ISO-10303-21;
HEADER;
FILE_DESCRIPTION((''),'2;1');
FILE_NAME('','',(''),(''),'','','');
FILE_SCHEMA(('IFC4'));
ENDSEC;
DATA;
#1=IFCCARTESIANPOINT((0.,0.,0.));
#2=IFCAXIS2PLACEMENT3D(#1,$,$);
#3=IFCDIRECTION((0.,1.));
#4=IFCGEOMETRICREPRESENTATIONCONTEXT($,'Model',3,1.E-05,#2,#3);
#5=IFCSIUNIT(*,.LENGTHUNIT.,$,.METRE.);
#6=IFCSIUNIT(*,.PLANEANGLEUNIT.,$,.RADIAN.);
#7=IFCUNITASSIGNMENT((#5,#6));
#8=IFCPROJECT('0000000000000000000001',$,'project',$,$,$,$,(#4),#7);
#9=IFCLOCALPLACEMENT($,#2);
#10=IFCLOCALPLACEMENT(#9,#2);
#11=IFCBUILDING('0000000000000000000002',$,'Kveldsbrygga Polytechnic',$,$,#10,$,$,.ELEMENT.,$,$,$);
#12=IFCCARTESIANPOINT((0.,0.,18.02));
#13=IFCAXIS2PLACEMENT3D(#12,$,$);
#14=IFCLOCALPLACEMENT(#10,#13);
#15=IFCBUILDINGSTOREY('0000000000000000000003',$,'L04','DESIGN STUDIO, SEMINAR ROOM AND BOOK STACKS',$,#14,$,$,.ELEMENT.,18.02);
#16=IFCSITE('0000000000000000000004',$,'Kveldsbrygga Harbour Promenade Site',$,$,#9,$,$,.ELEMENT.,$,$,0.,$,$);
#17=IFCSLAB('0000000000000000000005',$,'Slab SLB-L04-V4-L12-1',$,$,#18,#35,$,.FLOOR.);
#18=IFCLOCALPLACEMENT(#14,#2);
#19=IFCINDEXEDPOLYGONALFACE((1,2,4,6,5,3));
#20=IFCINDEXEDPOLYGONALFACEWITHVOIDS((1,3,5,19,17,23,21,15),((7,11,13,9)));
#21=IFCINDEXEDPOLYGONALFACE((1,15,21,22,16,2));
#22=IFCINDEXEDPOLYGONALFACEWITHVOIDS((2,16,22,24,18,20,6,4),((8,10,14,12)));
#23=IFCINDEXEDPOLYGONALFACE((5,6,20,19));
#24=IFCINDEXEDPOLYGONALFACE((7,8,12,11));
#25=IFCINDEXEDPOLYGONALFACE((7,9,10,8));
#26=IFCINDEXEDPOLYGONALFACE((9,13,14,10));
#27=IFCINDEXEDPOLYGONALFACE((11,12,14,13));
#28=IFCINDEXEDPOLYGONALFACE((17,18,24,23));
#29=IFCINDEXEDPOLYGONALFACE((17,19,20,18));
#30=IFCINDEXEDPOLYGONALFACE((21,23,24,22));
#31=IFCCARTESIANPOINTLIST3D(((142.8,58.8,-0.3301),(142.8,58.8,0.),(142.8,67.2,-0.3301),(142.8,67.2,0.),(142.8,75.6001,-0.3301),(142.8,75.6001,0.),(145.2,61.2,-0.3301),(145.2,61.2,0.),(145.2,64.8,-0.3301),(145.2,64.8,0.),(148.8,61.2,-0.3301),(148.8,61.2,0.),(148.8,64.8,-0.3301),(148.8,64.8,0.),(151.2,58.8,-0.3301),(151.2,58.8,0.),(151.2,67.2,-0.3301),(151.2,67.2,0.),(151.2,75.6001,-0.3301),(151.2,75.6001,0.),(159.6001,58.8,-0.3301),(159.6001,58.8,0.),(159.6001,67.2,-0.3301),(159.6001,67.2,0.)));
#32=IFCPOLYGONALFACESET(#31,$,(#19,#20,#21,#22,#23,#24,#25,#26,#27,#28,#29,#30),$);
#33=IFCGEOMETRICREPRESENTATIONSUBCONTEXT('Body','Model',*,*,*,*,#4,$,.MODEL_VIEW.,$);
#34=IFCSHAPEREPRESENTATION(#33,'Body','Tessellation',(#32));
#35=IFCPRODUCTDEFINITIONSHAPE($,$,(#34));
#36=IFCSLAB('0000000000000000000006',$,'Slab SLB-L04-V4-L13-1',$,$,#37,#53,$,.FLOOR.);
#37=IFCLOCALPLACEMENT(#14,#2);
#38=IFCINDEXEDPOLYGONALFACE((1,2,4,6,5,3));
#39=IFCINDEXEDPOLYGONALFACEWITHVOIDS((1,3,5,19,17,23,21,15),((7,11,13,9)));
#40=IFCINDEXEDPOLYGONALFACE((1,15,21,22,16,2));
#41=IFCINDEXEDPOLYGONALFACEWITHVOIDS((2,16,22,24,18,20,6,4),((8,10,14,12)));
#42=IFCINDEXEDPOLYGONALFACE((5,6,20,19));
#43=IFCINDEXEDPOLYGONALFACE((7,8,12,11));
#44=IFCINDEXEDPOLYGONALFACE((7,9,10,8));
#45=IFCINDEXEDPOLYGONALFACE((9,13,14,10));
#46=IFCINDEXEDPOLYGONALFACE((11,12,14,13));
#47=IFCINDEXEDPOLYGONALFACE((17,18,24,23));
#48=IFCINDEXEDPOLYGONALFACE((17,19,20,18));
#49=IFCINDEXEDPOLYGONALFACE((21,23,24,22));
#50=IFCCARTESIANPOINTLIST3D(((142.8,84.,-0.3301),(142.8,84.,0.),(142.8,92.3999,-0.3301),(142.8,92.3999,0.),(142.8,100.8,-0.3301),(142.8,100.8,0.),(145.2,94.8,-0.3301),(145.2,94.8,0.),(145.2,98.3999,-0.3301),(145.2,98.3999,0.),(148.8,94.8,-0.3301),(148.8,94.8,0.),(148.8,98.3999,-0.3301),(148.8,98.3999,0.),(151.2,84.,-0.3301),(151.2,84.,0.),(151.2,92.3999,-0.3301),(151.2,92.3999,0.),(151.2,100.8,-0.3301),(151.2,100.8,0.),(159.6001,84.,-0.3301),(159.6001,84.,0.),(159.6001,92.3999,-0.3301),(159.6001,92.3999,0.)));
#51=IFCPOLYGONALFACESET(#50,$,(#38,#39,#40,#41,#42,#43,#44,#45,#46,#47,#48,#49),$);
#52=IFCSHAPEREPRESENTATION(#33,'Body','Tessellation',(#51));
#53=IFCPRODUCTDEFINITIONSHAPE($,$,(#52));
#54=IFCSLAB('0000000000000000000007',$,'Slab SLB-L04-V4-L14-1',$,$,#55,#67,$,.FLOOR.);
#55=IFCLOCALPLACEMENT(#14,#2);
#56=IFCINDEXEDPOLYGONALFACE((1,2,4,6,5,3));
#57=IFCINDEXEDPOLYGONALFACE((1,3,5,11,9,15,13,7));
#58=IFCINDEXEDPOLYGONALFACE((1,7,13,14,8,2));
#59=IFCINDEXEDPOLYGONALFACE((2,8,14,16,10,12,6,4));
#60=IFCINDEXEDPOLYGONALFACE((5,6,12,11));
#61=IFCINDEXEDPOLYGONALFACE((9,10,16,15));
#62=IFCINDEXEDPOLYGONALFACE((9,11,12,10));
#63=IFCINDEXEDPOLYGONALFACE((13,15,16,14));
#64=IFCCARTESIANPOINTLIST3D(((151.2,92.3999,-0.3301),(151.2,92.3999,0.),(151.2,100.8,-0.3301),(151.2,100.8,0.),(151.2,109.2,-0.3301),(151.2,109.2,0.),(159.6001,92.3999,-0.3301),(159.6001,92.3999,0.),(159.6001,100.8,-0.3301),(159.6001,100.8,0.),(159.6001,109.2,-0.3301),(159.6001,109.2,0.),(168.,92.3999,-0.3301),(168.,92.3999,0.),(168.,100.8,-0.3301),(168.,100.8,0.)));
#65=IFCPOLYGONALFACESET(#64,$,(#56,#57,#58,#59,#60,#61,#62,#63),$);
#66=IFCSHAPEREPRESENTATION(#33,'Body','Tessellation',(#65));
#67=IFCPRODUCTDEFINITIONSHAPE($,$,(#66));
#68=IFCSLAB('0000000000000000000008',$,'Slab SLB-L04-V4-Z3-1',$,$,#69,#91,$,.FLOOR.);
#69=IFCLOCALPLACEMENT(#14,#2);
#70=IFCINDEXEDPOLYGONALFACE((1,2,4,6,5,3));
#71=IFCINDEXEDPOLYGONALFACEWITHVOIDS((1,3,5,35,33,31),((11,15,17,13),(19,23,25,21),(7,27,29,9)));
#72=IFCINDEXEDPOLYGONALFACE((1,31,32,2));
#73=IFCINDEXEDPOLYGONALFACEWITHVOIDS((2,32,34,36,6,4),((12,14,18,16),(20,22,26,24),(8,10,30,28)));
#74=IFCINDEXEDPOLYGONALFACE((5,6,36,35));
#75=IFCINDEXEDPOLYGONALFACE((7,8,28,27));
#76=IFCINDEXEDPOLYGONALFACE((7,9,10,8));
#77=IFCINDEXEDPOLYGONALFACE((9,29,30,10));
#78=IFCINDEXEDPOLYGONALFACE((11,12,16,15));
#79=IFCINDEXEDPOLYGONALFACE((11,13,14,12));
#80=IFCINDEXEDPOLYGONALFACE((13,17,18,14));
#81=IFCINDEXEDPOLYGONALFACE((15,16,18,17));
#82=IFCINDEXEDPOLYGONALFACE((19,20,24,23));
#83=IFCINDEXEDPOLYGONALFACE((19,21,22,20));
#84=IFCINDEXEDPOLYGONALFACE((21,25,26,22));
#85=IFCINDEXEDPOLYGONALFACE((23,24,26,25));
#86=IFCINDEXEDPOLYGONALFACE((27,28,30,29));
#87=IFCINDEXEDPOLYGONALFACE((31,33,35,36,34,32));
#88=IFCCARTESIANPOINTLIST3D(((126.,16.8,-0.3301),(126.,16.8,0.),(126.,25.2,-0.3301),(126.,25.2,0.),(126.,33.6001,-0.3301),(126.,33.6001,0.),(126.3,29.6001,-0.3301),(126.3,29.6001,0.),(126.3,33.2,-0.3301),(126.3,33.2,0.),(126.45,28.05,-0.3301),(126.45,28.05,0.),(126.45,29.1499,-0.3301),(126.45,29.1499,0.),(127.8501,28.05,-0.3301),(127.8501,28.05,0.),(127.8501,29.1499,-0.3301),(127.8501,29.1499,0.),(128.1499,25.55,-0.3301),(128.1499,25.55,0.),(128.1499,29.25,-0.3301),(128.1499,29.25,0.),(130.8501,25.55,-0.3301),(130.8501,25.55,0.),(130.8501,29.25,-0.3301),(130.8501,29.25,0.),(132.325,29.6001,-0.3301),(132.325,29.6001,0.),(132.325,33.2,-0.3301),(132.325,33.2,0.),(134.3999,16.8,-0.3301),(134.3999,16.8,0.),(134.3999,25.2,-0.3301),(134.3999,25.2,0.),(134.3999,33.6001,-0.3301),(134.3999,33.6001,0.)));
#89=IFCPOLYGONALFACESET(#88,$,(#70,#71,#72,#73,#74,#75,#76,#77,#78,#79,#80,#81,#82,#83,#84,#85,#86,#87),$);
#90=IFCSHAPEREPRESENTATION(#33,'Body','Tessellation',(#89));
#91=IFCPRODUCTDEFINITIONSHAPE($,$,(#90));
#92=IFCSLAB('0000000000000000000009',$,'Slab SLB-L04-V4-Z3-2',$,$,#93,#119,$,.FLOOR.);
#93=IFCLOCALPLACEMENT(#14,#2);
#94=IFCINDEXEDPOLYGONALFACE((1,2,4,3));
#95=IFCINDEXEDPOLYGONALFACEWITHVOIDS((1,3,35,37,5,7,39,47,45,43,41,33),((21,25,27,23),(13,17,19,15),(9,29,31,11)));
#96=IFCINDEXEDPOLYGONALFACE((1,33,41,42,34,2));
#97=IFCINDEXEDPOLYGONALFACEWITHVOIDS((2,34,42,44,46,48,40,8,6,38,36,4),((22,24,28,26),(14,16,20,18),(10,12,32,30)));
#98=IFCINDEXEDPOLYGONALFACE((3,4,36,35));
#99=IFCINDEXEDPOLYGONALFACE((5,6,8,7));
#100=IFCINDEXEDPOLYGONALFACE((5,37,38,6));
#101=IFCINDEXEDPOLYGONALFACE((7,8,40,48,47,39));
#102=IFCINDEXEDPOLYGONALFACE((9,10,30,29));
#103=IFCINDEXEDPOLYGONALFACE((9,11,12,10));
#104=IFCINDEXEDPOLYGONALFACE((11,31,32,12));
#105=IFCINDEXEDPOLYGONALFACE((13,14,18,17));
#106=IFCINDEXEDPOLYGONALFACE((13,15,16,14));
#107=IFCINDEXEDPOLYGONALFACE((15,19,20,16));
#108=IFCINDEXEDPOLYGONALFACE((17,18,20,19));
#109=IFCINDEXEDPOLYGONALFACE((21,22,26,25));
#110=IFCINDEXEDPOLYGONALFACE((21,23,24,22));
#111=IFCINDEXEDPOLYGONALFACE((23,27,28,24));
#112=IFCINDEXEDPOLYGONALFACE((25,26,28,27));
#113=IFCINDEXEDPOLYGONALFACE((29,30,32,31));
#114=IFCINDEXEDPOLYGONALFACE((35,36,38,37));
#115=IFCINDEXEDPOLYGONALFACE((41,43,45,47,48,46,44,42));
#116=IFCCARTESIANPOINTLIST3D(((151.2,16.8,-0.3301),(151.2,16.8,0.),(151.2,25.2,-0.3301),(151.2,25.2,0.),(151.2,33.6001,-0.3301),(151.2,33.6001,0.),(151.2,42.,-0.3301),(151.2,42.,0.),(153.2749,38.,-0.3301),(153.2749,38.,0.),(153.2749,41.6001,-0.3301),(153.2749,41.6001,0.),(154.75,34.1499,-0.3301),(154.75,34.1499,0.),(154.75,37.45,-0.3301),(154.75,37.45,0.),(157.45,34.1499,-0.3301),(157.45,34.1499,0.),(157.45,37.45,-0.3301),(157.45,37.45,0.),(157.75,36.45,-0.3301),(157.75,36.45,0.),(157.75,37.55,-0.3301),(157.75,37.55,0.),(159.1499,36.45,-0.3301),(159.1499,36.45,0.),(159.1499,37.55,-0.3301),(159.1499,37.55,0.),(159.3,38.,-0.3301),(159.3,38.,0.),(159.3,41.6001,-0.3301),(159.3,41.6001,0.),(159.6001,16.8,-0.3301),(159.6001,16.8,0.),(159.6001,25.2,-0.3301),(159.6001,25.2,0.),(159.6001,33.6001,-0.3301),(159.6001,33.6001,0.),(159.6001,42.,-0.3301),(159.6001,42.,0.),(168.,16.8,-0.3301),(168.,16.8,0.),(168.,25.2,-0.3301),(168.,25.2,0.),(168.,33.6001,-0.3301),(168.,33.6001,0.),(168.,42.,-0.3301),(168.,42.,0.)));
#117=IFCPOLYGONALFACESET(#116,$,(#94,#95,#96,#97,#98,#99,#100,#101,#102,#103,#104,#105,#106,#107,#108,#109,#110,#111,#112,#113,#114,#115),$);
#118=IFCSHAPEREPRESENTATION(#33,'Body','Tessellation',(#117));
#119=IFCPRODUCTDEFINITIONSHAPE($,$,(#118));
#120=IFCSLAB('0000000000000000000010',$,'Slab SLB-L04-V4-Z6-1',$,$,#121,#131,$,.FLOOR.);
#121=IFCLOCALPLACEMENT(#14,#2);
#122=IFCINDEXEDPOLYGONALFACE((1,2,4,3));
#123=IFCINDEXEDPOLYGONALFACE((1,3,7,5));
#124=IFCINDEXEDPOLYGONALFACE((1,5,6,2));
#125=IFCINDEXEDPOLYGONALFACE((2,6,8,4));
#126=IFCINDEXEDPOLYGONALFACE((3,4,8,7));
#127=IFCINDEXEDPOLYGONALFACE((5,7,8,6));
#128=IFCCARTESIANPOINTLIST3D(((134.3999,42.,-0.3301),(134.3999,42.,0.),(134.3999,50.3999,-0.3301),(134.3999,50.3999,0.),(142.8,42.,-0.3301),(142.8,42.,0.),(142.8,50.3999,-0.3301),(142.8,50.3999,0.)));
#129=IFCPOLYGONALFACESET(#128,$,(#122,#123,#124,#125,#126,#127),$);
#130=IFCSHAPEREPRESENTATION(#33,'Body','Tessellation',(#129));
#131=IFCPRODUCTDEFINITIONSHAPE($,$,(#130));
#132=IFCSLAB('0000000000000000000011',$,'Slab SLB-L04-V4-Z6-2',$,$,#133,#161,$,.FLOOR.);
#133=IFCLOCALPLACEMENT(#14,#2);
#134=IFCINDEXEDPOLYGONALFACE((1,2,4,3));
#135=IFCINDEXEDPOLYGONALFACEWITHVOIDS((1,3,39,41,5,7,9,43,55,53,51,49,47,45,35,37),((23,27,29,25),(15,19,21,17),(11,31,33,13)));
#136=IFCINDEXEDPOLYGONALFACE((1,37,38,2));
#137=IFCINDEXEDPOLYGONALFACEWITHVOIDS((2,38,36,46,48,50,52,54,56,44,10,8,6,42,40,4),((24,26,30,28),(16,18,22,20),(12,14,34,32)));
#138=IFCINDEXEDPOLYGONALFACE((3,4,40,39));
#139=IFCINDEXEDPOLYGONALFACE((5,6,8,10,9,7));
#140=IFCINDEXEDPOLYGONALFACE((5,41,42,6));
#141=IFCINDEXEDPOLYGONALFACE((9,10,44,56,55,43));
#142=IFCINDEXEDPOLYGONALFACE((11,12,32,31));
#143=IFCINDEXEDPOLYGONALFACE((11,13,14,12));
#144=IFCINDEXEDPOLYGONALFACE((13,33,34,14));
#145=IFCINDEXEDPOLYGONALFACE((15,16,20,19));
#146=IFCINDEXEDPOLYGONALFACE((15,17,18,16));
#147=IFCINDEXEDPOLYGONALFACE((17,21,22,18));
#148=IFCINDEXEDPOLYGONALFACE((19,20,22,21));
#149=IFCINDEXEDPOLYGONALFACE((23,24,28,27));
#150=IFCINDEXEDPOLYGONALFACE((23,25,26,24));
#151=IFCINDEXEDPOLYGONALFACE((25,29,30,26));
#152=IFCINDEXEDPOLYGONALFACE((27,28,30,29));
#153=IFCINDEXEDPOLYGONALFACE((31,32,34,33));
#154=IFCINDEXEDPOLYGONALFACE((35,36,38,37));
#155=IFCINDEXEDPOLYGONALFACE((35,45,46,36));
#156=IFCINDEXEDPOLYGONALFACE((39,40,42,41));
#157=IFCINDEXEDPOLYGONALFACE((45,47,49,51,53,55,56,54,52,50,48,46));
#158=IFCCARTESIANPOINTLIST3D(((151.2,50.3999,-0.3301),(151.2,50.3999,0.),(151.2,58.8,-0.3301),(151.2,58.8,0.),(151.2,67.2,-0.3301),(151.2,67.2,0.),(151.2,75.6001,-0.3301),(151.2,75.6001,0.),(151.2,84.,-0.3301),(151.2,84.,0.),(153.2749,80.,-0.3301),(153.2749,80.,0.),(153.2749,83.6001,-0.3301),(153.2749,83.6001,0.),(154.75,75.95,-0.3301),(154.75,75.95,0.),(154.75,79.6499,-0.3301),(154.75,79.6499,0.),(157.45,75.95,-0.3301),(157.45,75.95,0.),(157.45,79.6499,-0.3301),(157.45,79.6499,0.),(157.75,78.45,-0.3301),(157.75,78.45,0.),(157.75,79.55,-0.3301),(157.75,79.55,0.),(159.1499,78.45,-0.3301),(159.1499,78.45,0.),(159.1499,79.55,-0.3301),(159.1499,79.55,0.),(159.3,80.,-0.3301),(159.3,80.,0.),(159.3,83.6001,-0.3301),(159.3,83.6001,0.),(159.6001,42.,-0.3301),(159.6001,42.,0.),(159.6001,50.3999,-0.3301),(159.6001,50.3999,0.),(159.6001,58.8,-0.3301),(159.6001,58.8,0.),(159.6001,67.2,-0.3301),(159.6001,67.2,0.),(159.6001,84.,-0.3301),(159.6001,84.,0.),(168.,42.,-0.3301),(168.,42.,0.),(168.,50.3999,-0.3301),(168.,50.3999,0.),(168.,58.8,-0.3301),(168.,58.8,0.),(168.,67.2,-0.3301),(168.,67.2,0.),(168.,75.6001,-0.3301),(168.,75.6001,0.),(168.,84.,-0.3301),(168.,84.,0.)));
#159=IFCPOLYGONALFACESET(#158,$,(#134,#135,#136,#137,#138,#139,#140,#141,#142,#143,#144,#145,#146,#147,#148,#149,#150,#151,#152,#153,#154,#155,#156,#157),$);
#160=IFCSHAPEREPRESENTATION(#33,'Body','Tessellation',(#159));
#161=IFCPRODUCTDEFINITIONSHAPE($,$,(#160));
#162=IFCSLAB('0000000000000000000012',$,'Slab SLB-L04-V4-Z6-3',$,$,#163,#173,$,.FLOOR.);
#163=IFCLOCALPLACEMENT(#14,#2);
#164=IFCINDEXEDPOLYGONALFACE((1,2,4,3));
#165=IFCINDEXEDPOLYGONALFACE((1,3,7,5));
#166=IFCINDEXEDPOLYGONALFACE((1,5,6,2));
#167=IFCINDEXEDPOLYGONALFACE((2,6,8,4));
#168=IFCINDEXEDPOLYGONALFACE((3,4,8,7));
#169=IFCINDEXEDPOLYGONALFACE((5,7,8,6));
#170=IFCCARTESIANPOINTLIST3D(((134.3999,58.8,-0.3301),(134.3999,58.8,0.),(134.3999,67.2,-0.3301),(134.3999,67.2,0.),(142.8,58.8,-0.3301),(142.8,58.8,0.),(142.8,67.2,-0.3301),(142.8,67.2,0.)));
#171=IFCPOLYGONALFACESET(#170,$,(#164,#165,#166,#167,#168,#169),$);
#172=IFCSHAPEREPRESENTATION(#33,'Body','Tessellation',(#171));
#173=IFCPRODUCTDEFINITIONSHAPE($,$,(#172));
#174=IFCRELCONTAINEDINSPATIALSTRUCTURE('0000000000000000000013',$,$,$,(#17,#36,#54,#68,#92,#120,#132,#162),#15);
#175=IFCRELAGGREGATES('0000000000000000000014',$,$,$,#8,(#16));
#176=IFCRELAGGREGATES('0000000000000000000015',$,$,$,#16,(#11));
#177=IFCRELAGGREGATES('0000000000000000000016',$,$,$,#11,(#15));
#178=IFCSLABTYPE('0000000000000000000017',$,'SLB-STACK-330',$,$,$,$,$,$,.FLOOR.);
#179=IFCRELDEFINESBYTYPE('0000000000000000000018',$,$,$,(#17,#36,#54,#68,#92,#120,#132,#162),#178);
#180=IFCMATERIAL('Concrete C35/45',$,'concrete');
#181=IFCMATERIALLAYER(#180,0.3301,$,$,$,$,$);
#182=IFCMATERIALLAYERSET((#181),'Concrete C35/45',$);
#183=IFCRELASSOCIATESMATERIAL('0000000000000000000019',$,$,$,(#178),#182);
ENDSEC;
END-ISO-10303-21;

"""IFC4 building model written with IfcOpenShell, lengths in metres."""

from ifc_helpers import new_model, si_unit, direction, frame, origin, place, context, subcontext, project, spatial, polyline, outline, extrude, material, layer, layer_set, type_object, element, save


model = new_model("IFC4")

# Units and contexts
model_context = context("Model", 3, precision=1e-05, world=origin(), true_north=direction((0.0, 1.0)))
body_context = subcontext(model_context, "Body", "Model", "MODEL_VIEW")
ifc_project = project(units=[si_unit("LENGTHUNIT", "METRE"), si_unit("PLANEANGLEUNIT", "RADIAN")], contexts=[model_context])

# Site, building, storey
site_placement = place(None, origin())
site = spatial("IfcSite", under=ifc_project, at=site_placement, Name="Kveldsbrygga Harbour Promenade Site", CompositionType="ELEMENT", RefElevation=0.0)
building_placement = place(site_placement, origin())
building = spatial("IfcBuilding", under=site, at=building_placement, Name="Kveldsbrygga Polytechnic", CompositionType="ELEMENT")
storey_placement = place(building_placement, frame((0.0, 0.0, 18.02)))
storey = spatial("IfcBuildingStorey", under=building, at=storey_placement, Name="L04", Description="DESIGN STUDIO, SEMINAR ROOM AND BOOK STACKS", CompositionType="ELEMENT", Elevation=18.02)

# Slabs
ifc_material = material(Name="Concrete C35/45", Category="concrete")
ifc_layer = layer(ifc_material, 0.3301)
ifc_layer_set = layer_set([ifc_layer], Name="Concrete C35/45")
slab_type = type_object("IfcSlabType", Name="SLB-STACK-330", PredefinedType="FLOOR", material=ifc_layer_set)
slab_1_placement = place(storey_placement, frame((0.0, 0.0, -0.3301)))
element("IfcSlab", 1, at=slab_1_placement, inside=storey, type_object=slab_type, Name="Slab SLB-L04-V4-L12-1", PredefinedType="FLOOR", context=body_context, shape_type="SweptSolid", body=[
    extrude(outline(polyline([(142.8, 58.8), (142.8, 67.2), (142.8, 75.6001), (151.2, 75.6001), (151.2, 67.2), (159.6001, 67.2), (159.6001, 58.8), (151.2, 58.8), (142.8, 58.8)]), holes=[polyline([(145.2, 61.2), (148.8, 61.2), (148.8, 64.8), (145.2, 64.8), (145.2, 61.2)])]), origin(), (0.0, 0.0, 1.0), 0.3301),
])
slab_2_placement = place(storey_placement, frame((0.0, 0.0, -0.3301)))
element("IfcSlab", 2, at=slab_2_placement, inside=storey, type_object=slab_type, Name="Slab SLB-L04-V4-L13-1", PredefinedType="FLOOR", context=body_context, shape_type="SweptSolid", body=[
    extrude(outline(polyline([(142.8, 84.0), (142.8, 92.3999), (142.8, 100.8), (151.2, 100.8), (151.2, 92.3999), (159.6001, 92.3999), (159.6001, 84.0), (151.2, 84.0), (142.8, 84.0)]), holes=[polyline([(145.2, 94.8), (148.8, 94.8), (148.8, 98.3999), (145.2, 98.3999), (145.2, 94.8)])]), origin(), (0.0, 0.0, 1.0), 0.3301),
])
slab_3_placement = place(storey_placement, frame((0.0, 0.0, -0.3301)))
element("IfcSlab", 3, at=slab_3_placement, inside=storey, type_object=slab_type, Name="Slab SLB-L04-V4-L14-1", PredefinedType="FLOOR", context=body_context, shape_type="SweptSolid", body=[
    extrude(outline(polyline([(151.2, 92.3999), (151.2, 100.8), (151.2, 109.2), (159.6001, 109.2), (159.6001, 100.8), (168.0, 100.8), (168.0, 92.3999), (159.6001, 92.3999), (151.2, 92.3999)])), origin(), (0.0, 0.0, 1.0), 0.3301),
])
slab_4_placement = place(storey_placement, frame((0.0, 0.0, -0.3301)))
element("IfcSlab", 4, at=slab_4_placement, inside=storey, type_object=slab_type, Name="Slab SLB-L04-V4-Z3-1", PredefinedType="FLOOR", context=body_context, shape_type="SweptSolid", body=[
    extrude(outline(polyline([(126.0, 25.2), (126.0, 33.6001), (134.3999, 33.6001), (134.3999, 25.2), (134.3999, 16.8), (126.0, 16.8), (126.0, 25.2)]), holes=[polyline([(132.325, 33.2), (126.3, 33.2), (126.3, 29.6001), (132.325, 29.6001), (132.325, 33.2)]), polyline([(128.1499, 25.55), (130.8501, 25.55), (130.8501, 29.25), (128.1499, 29.25), (128.1499, 25.55)]), polyline([(126.45, 28.05), (127.8501, 28.05), (127.8501, 29.1499), (126.45, 29.1499), (126.45, 28.05)])]), origin(), (0.0, 0.0, 1.0), 0.3301),
])
slab_5_placement = place(storey_placement, frame((0.0, 0.0, -0.3301)))
element("IfcSlab", 5, at=slab_5_placement, inside=storey, type_object=slab_type, Name="Slab SLB-L04-V4-Z3-2", PredefinedType="FLOOR", context=body_context, shape_type="SweptSolid", body=[
    extrude(outline(polyline([(159.6001, 25.2), (159.6001, 33.6001), (151.2, 33.6001), (151.2, 42.0), (159.6001, 42.0), (168.0, 42.0), (168.0, 33.6001), (168.0, 25.2), (168.0, 16.8), (159.6001, 16.8), (151.2, 16.8), (151.2, 25.2), (159.6001, 25.2)]), holes=[polyline([(153.2749, 38.0), (159.3, 38.0), (159.3, 41.6001), (153.2749, 41.6001), (153.2749, 38.0)]), polyline([(154.75, 34.1499), (157.45, 34.1499), (157.45, 37.45), (154.75, 37.45), (154.75, 34.1499)]), polyline([(157.75, 36.45), (159.1499, 36.45), (159.1499, 37.55), (157.75, 37.55), (157.75, 36.45)])]), origin(), (0.0, 0.0, 1.0), 0.3301),
])
slab_6_placement = place(storey_placement, frame((0.0, 0.0, -0.3301)))
element("IfcSlab", 6, at=slab_6_placement, inside=storey, type_object=slab_type, Name="Slab SLB-L04-V4-Z6-1", PredefinedType="FLOOR", context=body_context, shape_type="SweptSolid", body=[
    extrude(outline(polyline([(142.8, 50.3999), (142.8, 42.0), (134.3999, 42.0), (134.3999, 50.3999), (142.8, 50.3999)])), origin(), (0.0, 0.0, 1.0), 0.3301),
])
slab_7_placement = place(storey_placement, frame((0.0, 0.0, -0.3301)))
element("IfcSlab", 7, at=slab_7_placement, inside=storey, type_object=slab_type, Name="Slab SLB-L04-V4-Z6-2", PredefinedType="FLOOR", context=body_context, shape_type="SweptSolid", body=[
    extrude(outline(polyline([(151.2, 50.3999), (151.2, 58.8), (159.6001, 58.8), (159.6001, 67.2), (151.2, 67.2), (151.2, 75.6001), (151.2, 84.0), (159.6001, 84.0), (168.0, 84.0), (168.0, 75.6001), (168.0, 67.2), (168.0, 58.8), (168.0, 50.3999), (168.0, 42.0), (159.6001, 42.0), (159.6001, 50.3999), (151.2, 50.3999)]), holes=[polyline([(153.2749, 80.0), (159.3, 80.0), (159.3, 83.6001), (153.2749, 83.6001), (153.2749, 80.0)]), polyline([(154.75, 75.95), (157.45, 75.95), (157.45, 79.6499), (154.75, 79.6499), (154.75, 75.95)]), polyline([(157.75, 78.45), (159.1499, 78.45), (159.1499, 79.55), (157.75, 79.55), (157.75, 78.45)])]), origin(), (0.0, 0.0, 1.0), 0.3301),
])
slab_8_placement = place(storey_placement, frame((0.0, 0.0, -0.3301)))
element("IfcSlab", 8, at=slab_8_placement, inside=storey, type_object=slab_type, Name="Slab SLB-L04-V4-Z6-3", PredefinedType="FLOOR", context=body_context, shape_type="SweptSolid", body=[
    extrude(outline(polyline([(142.8, 58.8), (134.3999, 58.8), (134.3999, 67.2), (142.8, 67.2), (142.8, 58.8)])), origin(), (0.0, 0.0, 1.0), 0.3301),
])

save(model, "model.ifc")
